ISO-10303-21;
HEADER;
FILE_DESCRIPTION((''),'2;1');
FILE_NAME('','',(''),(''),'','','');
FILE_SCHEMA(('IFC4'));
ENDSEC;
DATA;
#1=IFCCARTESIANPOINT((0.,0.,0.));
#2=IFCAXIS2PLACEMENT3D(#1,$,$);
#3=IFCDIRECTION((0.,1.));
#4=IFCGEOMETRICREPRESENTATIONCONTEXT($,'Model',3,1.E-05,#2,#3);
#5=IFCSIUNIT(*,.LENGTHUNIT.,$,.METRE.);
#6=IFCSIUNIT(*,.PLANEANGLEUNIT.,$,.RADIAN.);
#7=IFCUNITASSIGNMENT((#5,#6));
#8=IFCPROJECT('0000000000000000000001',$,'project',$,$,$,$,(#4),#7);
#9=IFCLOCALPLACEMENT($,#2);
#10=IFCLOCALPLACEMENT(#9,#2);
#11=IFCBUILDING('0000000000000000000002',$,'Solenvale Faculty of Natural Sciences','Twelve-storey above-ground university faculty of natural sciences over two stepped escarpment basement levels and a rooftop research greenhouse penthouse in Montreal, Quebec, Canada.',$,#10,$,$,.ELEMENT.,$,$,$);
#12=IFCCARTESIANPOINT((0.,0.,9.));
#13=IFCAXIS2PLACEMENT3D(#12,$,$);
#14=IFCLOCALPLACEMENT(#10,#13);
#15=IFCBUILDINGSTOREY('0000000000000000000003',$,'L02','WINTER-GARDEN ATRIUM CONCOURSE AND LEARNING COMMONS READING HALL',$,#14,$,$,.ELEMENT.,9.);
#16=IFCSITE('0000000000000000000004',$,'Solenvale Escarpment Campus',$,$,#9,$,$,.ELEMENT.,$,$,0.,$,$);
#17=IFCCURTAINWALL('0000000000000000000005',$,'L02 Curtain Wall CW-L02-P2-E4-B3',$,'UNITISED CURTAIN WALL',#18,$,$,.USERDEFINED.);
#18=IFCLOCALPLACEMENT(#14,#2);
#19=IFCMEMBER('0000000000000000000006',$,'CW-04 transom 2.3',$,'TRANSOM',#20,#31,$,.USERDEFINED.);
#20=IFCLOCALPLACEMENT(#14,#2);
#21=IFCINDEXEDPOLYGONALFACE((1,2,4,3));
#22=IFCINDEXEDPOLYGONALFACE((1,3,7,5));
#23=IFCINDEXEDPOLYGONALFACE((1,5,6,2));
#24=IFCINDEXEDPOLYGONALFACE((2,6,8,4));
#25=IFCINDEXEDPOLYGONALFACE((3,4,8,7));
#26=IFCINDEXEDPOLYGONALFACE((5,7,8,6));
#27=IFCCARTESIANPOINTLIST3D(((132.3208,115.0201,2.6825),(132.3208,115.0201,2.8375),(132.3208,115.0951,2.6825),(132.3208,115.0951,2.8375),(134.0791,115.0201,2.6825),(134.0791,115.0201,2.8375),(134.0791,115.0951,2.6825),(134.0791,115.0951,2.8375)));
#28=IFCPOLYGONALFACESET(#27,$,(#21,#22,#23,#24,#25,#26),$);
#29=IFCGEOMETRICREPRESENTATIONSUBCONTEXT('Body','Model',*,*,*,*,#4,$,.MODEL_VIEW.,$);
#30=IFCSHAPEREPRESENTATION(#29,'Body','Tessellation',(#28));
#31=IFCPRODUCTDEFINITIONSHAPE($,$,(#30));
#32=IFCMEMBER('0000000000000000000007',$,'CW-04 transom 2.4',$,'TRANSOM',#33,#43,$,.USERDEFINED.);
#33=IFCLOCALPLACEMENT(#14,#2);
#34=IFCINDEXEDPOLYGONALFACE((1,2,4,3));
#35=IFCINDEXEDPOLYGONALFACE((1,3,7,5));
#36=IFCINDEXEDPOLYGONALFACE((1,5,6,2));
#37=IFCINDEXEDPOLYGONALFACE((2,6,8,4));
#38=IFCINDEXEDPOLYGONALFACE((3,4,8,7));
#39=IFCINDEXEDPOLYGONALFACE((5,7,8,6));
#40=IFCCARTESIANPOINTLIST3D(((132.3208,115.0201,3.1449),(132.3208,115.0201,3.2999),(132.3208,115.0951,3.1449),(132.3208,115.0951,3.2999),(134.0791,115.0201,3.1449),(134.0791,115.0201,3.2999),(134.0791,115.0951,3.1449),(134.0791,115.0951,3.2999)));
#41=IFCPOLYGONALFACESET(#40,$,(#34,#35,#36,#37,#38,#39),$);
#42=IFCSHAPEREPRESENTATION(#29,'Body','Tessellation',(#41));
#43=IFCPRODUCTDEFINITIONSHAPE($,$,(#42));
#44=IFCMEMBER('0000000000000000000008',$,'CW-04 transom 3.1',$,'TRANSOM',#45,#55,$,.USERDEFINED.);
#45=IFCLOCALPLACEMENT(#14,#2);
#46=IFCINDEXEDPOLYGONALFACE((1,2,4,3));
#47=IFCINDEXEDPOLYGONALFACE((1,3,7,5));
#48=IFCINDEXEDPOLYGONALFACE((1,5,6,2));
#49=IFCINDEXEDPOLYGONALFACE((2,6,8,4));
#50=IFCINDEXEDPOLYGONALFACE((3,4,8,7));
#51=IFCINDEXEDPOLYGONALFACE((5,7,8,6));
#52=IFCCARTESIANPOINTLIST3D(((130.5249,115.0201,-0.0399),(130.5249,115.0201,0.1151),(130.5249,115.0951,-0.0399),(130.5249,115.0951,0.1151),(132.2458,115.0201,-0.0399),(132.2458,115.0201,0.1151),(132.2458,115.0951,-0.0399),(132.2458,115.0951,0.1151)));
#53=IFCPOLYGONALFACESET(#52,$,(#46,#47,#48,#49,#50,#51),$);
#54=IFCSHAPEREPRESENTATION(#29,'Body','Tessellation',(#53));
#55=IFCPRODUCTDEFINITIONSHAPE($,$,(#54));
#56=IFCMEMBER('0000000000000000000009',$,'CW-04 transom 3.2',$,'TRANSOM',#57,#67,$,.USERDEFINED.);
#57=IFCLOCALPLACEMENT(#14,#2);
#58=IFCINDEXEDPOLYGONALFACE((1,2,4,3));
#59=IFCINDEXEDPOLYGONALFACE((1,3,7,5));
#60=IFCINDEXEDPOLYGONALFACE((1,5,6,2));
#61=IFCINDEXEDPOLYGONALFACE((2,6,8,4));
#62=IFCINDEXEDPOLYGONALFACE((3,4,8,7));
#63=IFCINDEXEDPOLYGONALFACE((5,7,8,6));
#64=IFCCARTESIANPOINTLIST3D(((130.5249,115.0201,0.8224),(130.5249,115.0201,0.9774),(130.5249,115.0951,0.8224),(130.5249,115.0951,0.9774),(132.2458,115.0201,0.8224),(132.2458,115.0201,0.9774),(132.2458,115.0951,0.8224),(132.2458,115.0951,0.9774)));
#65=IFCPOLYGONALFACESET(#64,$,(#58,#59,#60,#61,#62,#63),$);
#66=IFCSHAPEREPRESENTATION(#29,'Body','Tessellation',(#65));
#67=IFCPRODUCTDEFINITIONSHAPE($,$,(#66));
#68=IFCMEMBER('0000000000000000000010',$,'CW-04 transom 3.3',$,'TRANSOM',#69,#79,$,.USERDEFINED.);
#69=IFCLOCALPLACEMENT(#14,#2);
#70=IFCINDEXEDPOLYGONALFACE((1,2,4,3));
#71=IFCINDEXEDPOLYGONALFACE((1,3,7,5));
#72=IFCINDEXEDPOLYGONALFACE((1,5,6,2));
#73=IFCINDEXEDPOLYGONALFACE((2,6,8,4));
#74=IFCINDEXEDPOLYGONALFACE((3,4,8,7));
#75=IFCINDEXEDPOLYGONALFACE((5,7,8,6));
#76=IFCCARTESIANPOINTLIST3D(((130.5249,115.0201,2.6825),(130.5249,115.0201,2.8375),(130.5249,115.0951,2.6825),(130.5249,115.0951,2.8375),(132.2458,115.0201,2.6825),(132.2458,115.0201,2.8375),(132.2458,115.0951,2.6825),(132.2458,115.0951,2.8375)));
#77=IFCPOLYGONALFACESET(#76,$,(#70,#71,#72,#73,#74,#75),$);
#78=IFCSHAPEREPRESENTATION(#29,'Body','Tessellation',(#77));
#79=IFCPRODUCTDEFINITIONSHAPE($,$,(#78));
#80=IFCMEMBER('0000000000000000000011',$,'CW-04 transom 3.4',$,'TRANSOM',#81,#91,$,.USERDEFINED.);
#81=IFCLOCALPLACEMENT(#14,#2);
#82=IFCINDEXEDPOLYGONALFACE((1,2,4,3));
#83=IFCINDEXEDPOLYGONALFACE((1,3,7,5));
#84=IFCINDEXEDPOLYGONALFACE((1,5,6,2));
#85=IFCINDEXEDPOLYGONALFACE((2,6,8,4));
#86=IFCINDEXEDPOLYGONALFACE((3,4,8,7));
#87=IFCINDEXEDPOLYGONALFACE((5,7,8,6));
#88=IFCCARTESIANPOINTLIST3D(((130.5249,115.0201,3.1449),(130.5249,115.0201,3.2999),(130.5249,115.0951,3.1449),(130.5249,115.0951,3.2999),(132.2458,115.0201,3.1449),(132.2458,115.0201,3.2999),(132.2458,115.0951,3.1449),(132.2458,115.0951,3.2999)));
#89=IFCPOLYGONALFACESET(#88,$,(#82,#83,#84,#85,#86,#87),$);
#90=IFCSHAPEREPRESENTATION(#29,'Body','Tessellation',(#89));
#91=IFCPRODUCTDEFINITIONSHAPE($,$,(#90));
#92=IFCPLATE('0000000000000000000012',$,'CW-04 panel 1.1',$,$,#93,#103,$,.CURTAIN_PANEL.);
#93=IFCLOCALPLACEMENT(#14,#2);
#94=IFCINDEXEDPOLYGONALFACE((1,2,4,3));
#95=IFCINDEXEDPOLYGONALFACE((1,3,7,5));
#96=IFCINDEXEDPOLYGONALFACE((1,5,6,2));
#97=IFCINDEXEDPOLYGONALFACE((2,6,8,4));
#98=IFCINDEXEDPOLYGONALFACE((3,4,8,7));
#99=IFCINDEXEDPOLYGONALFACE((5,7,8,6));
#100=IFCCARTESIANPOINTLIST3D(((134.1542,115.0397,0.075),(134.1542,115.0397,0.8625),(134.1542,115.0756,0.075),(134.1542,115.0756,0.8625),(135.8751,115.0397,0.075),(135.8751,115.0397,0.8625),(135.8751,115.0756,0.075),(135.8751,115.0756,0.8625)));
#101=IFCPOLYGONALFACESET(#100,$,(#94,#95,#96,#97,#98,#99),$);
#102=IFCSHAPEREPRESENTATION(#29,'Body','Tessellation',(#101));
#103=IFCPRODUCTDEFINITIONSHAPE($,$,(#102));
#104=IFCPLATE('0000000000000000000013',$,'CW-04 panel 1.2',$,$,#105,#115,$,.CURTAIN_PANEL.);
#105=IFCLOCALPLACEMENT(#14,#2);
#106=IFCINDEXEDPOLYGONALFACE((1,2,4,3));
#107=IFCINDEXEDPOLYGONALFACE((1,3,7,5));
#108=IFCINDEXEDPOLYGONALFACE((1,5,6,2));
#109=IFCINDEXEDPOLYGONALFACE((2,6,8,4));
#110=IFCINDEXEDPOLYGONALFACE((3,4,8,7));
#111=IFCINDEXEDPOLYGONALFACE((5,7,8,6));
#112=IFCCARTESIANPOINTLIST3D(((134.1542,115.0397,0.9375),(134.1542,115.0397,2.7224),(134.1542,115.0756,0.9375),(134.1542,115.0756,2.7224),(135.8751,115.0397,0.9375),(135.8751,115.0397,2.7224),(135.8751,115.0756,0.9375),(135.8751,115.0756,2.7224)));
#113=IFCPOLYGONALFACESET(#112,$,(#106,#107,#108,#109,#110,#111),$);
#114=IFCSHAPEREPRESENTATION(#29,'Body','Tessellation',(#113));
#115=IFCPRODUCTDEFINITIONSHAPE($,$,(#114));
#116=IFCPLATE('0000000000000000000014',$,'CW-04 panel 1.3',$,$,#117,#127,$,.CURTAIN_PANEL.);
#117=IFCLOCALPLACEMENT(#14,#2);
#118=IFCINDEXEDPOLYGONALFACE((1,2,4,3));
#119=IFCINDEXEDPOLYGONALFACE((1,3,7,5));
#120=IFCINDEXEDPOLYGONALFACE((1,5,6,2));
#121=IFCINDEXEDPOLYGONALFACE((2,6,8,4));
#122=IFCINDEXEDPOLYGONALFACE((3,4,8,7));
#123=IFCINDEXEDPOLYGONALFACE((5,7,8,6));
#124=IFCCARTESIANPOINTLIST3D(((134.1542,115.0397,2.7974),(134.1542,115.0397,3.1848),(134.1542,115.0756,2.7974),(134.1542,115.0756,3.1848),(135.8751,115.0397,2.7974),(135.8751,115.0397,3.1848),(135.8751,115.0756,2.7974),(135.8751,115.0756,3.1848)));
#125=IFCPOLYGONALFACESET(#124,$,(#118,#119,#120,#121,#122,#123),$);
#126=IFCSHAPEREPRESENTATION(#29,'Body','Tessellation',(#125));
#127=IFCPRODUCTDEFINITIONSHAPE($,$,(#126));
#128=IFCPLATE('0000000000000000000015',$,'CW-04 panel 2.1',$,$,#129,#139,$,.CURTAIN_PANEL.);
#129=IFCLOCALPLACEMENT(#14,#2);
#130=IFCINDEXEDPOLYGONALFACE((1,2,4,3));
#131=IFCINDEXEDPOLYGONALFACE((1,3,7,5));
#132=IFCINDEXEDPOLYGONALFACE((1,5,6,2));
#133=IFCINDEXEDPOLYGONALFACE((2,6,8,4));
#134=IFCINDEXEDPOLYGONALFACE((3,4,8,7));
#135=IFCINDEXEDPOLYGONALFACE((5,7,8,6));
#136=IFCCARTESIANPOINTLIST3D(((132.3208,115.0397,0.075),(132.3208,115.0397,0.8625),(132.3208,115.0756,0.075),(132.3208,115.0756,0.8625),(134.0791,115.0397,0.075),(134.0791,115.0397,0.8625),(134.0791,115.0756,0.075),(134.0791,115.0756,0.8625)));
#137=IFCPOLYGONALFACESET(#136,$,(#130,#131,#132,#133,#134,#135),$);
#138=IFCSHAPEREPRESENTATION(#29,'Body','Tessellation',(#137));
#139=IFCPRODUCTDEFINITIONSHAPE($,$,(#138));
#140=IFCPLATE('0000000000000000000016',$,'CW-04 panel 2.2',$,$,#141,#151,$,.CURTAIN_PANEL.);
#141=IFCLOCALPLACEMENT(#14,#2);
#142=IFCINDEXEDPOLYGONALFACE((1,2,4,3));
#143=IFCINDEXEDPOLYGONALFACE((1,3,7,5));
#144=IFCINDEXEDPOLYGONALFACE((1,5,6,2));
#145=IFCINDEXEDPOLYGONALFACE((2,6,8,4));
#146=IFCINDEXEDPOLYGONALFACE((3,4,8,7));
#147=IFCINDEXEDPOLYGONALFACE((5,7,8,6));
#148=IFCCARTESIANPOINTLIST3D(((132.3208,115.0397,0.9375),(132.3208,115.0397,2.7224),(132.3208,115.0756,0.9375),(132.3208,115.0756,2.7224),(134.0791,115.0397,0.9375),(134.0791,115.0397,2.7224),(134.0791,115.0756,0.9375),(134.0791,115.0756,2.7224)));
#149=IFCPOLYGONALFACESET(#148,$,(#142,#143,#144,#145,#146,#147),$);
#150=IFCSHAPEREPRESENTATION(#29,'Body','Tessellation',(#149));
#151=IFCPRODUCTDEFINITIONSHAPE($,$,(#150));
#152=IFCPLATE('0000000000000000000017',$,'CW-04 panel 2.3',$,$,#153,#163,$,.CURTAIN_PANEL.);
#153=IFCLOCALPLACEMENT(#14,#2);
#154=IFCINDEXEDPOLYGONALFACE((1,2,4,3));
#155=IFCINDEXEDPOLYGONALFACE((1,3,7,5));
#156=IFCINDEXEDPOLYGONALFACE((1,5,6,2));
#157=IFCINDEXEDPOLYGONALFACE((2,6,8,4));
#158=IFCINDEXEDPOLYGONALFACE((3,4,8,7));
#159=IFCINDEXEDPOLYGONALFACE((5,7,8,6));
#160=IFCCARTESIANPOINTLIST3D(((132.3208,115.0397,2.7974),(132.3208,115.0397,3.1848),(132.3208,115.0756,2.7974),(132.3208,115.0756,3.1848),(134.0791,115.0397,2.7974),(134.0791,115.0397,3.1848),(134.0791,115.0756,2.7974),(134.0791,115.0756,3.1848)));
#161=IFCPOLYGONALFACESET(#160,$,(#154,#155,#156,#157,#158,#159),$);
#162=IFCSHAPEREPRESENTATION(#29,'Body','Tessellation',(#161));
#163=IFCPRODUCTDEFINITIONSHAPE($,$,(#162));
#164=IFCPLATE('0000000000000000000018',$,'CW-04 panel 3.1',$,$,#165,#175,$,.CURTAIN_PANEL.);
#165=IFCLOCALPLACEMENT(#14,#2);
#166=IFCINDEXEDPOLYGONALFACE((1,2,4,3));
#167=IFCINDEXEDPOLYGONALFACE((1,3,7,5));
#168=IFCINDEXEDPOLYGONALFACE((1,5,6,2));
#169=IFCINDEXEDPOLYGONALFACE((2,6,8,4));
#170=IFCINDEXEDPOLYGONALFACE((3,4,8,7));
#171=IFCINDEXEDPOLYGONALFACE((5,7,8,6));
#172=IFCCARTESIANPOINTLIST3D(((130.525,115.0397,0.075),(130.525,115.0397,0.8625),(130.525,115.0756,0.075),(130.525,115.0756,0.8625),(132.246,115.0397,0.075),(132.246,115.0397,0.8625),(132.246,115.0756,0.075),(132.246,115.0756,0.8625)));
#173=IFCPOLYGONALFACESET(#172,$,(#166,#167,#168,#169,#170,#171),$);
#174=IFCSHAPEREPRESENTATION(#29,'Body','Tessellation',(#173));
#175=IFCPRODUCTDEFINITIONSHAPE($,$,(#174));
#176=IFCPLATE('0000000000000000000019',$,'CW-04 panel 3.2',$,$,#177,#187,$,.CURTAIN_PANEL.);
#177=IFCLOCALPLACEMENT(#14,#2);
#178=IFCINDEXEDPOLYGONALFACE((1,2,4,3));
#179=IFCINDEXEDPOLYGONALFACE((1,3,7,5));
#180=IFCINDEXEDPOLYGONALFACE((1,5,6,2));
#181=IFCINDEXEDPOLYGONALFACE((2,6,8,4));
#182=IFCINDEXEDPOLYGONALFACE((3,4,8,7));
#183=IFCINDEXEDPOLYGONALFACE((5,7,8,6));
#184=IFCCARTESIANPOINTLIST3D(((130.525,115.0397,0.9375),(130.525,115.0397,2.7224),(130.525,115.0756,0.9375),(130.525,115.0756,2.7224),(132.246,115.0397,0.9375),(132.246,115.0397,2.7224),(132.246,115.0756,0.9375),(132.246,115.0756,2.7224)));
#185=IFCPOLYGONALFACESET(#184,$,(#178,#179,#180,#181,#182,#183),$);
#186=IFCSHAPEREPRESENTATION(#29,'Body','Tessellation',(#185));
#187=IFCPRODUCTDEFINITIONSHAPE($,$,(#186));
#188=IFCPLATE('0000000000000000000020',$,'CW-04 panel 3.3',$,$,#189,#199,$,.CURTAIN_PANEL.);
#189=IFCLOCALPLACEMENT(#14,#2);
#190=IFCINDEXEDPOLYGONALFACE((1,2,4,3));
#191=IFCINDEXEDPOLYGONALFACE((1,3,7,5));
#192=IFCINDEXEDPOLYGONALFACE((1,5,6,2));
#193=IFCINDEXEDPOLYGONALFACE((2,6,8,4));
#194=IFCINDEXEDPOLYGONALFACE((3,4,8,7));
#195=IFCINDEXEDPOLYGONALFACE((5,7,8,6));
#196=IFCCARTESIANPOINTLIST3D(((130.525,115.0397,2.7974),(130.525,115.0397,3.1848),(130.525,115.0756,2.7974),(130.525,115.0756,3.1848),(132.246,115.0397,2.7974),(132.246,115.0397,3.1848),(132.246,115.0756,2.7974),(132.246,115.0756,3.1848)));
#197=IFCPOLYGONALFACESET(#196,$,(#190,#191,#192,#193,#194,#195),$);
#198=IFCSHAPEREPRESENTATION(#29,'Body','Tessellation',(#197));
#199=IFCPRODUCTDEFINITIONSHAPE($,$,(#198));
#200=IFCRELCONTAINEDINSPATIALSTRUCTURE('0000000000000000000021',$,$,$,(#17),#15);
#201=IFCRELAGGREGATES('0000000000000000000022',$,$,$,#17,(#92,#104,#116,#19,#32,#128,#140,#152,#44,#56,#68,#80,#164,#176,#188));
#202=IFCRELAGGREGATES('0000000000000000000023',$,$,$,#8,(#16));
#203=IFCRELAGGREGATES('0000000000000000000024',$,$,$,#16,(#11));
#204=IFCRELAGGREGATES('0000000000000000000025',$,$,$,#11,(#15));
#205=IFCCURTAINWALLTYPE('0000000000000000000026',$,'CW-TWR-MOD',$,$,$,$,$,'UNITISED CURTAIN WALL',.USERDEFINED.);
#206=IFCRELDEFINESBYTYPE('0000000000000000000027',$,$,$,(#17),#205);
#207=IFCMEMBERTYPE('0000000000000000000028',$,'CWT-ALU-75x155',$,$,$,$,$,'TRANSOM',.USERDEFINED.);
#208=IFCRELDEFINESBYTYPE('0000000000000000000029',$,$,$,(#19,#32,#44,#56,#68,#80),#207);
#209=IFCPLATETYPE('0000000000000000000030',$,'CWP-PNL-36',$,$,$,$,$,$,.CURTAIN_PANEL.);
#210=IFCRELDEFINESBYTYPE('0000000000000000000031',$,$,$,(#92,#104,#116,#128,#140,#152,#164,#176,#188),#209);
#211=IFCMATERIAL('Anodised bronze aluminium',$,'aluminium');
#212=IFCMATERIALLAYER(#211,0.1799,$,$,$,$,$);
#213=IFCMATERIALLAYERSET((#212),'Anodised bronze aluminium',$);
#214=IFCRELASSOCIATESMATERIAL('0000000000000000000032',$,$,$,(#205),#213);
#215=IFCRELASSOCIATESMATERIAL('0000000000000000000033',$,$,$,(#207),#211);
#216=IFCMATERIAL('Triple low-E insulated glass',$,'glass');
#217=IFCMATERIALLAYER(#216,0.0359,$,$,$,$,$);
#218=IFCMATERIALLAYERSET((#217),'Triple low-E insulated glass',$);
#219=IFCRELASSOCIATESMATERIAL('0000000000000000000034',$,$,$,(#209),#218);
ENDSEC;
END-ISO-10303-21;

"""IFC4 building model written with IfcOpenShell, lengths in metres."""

from ifc_helpers import new_model, si_unit, direction, frame, origin, origin_2d, place, context, subcontext, project, spatial, rectangle, extrude, material, layer, layer_set, material_profile, profile_set, type_object, element, aggregate, save


model = new_model("IFC4")

# Units and contexts
model_context = context("Model", 3, precision=1e-05, world=origin(), true_north=direction((0.0, 1.0)))
body_context = subcontext(model_context, "Body", "Model", "MODEL_VIEW")
ifc_project = project(units=[si_unit("LENGTHUNIT", "METRE"), si_unit("PLANEANGLEUNIT", "RADIAN")], contexts=[model_context])

# Site, building, storey
site_placement = place(None, origin())
site = spatial("IfcSite", under=ifc_project, at=site_placement, Name="Solenvale Escarpment Campus", CompositionType="ELEMENT", RefElevation=0.0)
building_placement = place(site_placement, origin())
building = spatial("IfcBuilding", under=site, at=building_placement, Name="Solenvale Faculty of Natural Sciences", Description="Twelve-storey above-ground university faculty of natural sciences over two stepped escarpment basement levels and a rooftop research greenhouse penthouse in Montreal, Quebec, Canada.", CompositionType="ELEMENT")
storey_placement = place(building_placement, frame((0.0, 0.0, 9.0)))
storey = spatial("IfcBuildingStorey", under=building, at=storey_placement, Name="L02", Description="WINTER-GARDEN ATRIUM CONCOURSE AND LEARNING COMMONS READING HALL", CompositionType="ELEMENT", Elevation=9.0)

# Curtain wall
ifc_material_1 = material(Name="Anodised bronze aluminium", Category="aluminium")
ifc_layer_1 = layer(ifc_material_1, 0.1799)
ifc_layer_set_1 = layer_set([ifc_layer_1], Name="Anodised bronze aluminium")
curtain_wall_type = type_object("IfcCurtainWallType", Name="CW-TWR-MOD", ElementType="UNITISED CURTAIN WALL", PredefinedType="USERDEFINED", material=ifc_layer_set_1)
curtain_wall_1_placement = place(storey_placement, origin())
curtain_wall_1 = element("IfcCurtainWall", 1, at=curtain_wall_1_placement, inside=storey, type_object=curtain_wall_type, Name="L02 Curtain Wall CW-L02-P2-E4-B3", ObjectType="UNITISED CURTAIN WALL", PredefinedType="USERDEFINED")

# Members
ifc_material_profile_1 = material_profile(ifc_material_1, rectangle(XDim=0.075, YDim=0.155, at=origin_2d()), Name="ALU-TRN-75x155")
ifc_profile_set_1 = profile_set([ifc_material_profile_1], Name="Anodised bronze aluminium")
member_type_1 = type_object("IfcMemberType", Name="CWT-ALU-75x155", ElementType="TRANSOM", PredefinedType="USERDEFINED", material=ifc_profile_set_1)
member_1_placement = place(storey_placement, frame((134.0791, 115.0576, 2.76), z_axis=(-1.0, 0.0, 0.0), x_axis=(0.0, -1.0, 0.0)))
member_1 = element("IfcMember", 2, at=member_1_placement, type_object=member_type_1, Name="CW-04 transom 2.3", ObjectType="TRANSOM", PredefinedType="USERDEFINED", context=body_context, shape_type="SweptSolid", body=[
    extrude(rectangle(XDim=0.075, YDim=0.155, at=origin_2d()), origin(), (0.0, 0.0, 1.0), 1.7583),
])
member_2_placement = place(storey_placement, frame((134.0791, 115.0576, 3.2224), z_axis=(-1.0, 0.0, 0.0), x_axis=(0.0, -1.0, 0.0)))
member_2 = element("IfcMember", 3, at=member_2_placement, type_object=member_type_1, Name="CW-04 transom 2.4", ObjectType="TRANSOM", PredefinedType="USERDEFINED", context=body_context, shape_type="SweptSolid", body=[
    extrude(rectangle(XDim=0.075, YDim=0.155, at=origin_2d()), origin(), (0.0, 0.0, 1.0), 1.7583),
])
member_3_placement = place(storey_placement, frame((132.2458, 115.0576, 0.0376), z_axis=(-1.0, 0.0, 0.0), x_axis=(0.0, -1.0, 0.0)))
member_3 = element("IfcMember", 4, at=member_3_placement, type_object=member_type_1, Name="CW-04 transom 3.1", ObjectType="TRANSOM", PredefinedType="USERDEFINED", context=body_context, shape_type="SweptSolid", body=[
    extrude(rectangle(XDim=0.075, YDim=0.155, at=origin_2d()), origin(), (0.0, 0.0, 1.0), 1.7209),
])
member_4_placement = place(storey_placement, frame((132.2458, 115.0576, 0.8999), z_axis=(-1.0, 0.0, 0.0), x_axis=(0.0, -1.0, 0.0)))
member_4 = element("IfcMember", 5, at=member_4_placement, type_object=member_type_1, Name="CW-04 transom 3.2", ObjectType="TRANSOM", PredefinedType="USERDEFINED", context=body_context, shape_type="SweptSolid", body=[
    extrude(rectangle(XDim=0.075, YDim=0.155, at=origin_2d()), origin(), (0.0, 0.0, 1.0), 1.7209),
])
member_5_placement = place(storey_placement, frame((132.2458, 115.0576, 2.76), z_axis=(-1.0, 0.0, 0.0), x_axis=(0.0, -1.0, 0.0)))
member_5 = element("IfcMember", 6, at=member_5_placement, type_object=member_type_1, Name="CW-04 transom 3.3", ObjectType="TRANSOM", PredefinedType="USERDEFINED", context=body_context, shape_type="SweptSolid", body=[
    extrude(rectangle(XDim=0.075, YDim=0.155, at=origin_2d()), origin(), (0.0, 0.0, 1.0), 1.7209),
])
member_6_placement = place(storey_placement, frame((132.2458, 115.0576, 3.2224), z_axis=(-1.0, 0.0, 0.0), x_axis=(0.0, -1.0, 0.0)))
member_6 = element("IfcMember", 7, at=member_6_placement, type_object=member_type_1, Name="CW-04 transom 3.4", ObjectType="TRANSOM", PredefinedType="USERDEFINED", context=body_context, shape_type="SweptSolid", body=[
    extrude(rectangle(XDim=0.075, YDim=0.155, at=origin_2d()), origin(), (0.0, 0.0, 1.0), 1.7209),
])

# Plates
ifc_material_2 = material(Name="Triple low-E insulated glass", Category="glass")
ifc_layer_2 = layer(ifc_material_2, 0.0359)
ifc_layer_set_2 = layer_set([ifc_layer_2], Name="Triple low-E insulated glass")
plate_type = type_object("IfcPlateType", Name="CWP-PNL-36", PredefinedType="CURTAIN_PANEL", material=ifc_layer_set_2)
plate_1_placement = place(storey_placement, frame((135.0146, 115.0576, 0.075), z_axis=(0.0, 0.0, 1.0), x_axis=(-1.0, 0.0, 0.0)))
plate_1 = element("IfcPlate", 8, at=plate_1_placement, type_object=plate_type, Name="CW-04 panel 1.1", PredefinedType="CURTAIN_PANEL", context=body_context, shape_type="SweptSolid", body=[
    extrude(rectangle(XDim=1.7209, YDim=0.0359, at=origin_2d()), origin(), (0.0, 0.0, 1.0), 0.7876),
])
plate_2_placement = place(storey_placement, frame((135.0146, 115.0576, 0.9375), z_axis=(0.0, 0.0, 1.0), x_axis=(-1.0, 0.0, 0.0)))
plate_2 = element("IfcPlate", 9, at=plate_2_placement, type_object=plate_type, Name="CW-04 panel 1.2", PredefinedType="CURTAIN_PANEL", context=body_context, shape_type="SweptSolid", body=[
    extrude(rectangle(XDim=1.7209, YDim=0.0359, at=origin_2d()), origin(), (0.0, 0.0, 1.0), 1.7849),
])
plate_3_placement = place(storey_placement, frame((135.0146, 115.0576, 2.7974), z_axis=(0.0, 0.0, 1.0), x_axis=(-1.0, 0.0, 0.0)))
plate_3 = element("IfcPlate", 10, at=plate_3_placement, type_object=plate_type, Name="CW-04 panel 1.3", PredefinedType="CURTAIN_PANEL", context=body_context, shape_type="SweptSolid", body=[
    extrude(rectangle(XDim=1.7209, YDim=0.0359, at=origin_2d()), origin(), (0.0, 0.0, 1.0), 0.3875),
])
plate_4_placement = place(storey_placement, frame((133.2, 115.0576, 0.075), z_axis=(0.0, 0.0, 1.0), x_axis=(-1.0, 0.0, 0.0)))
plate_4 = element("IfcPlate", 11, at=plate_4_placement, type_object=plate_type, Name="CW-04 panel 2.1", PredefinedType="CURTAIN_PANEL", context=body_context, shape_type="SweptSolid", body=[
    extrude(rectangle(XDim=1.7583, YDim=0.0359, at=origin_2d()), origin(), (0.0, 0.0, 1.0), 0.7876),
])
plate_5_placement = place(storey_placement, frame((133.2, 115.0576, 0.9375), z_axis=(0.0, 0.0, 1.0), x_axis=(-1.0, 0.0, 0.0)))
plate_5 = element("IfcPlate", 12, at=plate_5_placement, type_object=plate_type, Name="CW-04 panel 2.2", PredefinedType="CURTAIN_PANEL", context=body_context, shape_type="SweptSolid", body=[
    extrude(rectangle(XDim=1.7583, YDim=0.0359, at=origin_2d()), origin(), (0.0, 0.0, 1.0), 1.7849),
])
plate_6_placement = place(storey_placement, frame((133.2, 115.0576, 2.7974), z_axis=(0.0, 0.0, 1.0), x_axis=(-1.0, 0.0, 0.0)))
plate_6 = element("IfcPlate", 13, at=plate_6_placement, type_object=plate_type, Name="CW-04 panel 2.3", PredefinedType="CURTAIN_PANEL", context=body_context, shape_type="SweptSolid", body=[
    extrude(rectangle(XDim=1.7583, YDim=0.0359, at=origin_2d()), origin(), (0.0, 0.0, 1.0), 0.3875),
])
plate_7_placement = place(storey_placement, frame((131.3855, 115.0576, 0.075), z_axis=(0.0, 0.0, 1.0), x_axis=(-1.0, 0.0, 0.0)))
plate_7 = element("IfcPlate", 14, at=plate_7_placement, type_object=plate_type, Name="CW-04 panel 3.1", PredefinedType="CURTAIN_PANEL", context=body_context, shape_type="SweptSolid", body=[
    extrude(rectangle(XDim=1.7209, YDim=0.0359, at=origin_2d()), origin(), (0.0, 0.0, 1.0), 0.7876),
])
plate_8_placement = place(storey_placement, frame((131.3855, 115.0576, 0.9375), z_axis=(0.0, 0.0, 1.0), x_axis=(-1.0, 0.0, 0.0)))
plate_8 = element("IfcPlate", 15, at=plate_8_placement, type_object=plate_type, Name="CW-04 panel 3.2", PredefinedType="CURTAIN_PANEL", context=body_context, shape_type="SweptSolid", body=[
    extrude(rectangle(XDim=1.7209, YDim=0.0359, at=origin_2d()), origin(), (0.0, 0.0, 1.0), 1.7849),
])
plate_9_placement = place(storey_placement, frame((131.3855, 115.0576, 2.7974), z_axis=(0.0, 0.0, 1.0), x_axis=(-1.0, 0.0, 0.0)))
plate_9 = element("IfcPlate", 16, at=plate_9_placement, type_object=plate_type, Name="CW-04 panel 3.3", PredefinedType="CURTAIN_PANEL", context=body_context, shape_type="SweptSolid", body=[
    extrude(rectangle(XDim=1.7209, YDim=0.0359, at=origin_2d()), origin(), (0.0, 0.0, 1.0), 0.3875),
])
aggregate(curtain_wall_1, [plate_1, plate_2, plate_3, member_1, member_2, plate_4, plate_5, plate_6, member_3, member_4, member_5, member_6, plate_7, plate_8, plate_9])

save(model, "model.ifc")
